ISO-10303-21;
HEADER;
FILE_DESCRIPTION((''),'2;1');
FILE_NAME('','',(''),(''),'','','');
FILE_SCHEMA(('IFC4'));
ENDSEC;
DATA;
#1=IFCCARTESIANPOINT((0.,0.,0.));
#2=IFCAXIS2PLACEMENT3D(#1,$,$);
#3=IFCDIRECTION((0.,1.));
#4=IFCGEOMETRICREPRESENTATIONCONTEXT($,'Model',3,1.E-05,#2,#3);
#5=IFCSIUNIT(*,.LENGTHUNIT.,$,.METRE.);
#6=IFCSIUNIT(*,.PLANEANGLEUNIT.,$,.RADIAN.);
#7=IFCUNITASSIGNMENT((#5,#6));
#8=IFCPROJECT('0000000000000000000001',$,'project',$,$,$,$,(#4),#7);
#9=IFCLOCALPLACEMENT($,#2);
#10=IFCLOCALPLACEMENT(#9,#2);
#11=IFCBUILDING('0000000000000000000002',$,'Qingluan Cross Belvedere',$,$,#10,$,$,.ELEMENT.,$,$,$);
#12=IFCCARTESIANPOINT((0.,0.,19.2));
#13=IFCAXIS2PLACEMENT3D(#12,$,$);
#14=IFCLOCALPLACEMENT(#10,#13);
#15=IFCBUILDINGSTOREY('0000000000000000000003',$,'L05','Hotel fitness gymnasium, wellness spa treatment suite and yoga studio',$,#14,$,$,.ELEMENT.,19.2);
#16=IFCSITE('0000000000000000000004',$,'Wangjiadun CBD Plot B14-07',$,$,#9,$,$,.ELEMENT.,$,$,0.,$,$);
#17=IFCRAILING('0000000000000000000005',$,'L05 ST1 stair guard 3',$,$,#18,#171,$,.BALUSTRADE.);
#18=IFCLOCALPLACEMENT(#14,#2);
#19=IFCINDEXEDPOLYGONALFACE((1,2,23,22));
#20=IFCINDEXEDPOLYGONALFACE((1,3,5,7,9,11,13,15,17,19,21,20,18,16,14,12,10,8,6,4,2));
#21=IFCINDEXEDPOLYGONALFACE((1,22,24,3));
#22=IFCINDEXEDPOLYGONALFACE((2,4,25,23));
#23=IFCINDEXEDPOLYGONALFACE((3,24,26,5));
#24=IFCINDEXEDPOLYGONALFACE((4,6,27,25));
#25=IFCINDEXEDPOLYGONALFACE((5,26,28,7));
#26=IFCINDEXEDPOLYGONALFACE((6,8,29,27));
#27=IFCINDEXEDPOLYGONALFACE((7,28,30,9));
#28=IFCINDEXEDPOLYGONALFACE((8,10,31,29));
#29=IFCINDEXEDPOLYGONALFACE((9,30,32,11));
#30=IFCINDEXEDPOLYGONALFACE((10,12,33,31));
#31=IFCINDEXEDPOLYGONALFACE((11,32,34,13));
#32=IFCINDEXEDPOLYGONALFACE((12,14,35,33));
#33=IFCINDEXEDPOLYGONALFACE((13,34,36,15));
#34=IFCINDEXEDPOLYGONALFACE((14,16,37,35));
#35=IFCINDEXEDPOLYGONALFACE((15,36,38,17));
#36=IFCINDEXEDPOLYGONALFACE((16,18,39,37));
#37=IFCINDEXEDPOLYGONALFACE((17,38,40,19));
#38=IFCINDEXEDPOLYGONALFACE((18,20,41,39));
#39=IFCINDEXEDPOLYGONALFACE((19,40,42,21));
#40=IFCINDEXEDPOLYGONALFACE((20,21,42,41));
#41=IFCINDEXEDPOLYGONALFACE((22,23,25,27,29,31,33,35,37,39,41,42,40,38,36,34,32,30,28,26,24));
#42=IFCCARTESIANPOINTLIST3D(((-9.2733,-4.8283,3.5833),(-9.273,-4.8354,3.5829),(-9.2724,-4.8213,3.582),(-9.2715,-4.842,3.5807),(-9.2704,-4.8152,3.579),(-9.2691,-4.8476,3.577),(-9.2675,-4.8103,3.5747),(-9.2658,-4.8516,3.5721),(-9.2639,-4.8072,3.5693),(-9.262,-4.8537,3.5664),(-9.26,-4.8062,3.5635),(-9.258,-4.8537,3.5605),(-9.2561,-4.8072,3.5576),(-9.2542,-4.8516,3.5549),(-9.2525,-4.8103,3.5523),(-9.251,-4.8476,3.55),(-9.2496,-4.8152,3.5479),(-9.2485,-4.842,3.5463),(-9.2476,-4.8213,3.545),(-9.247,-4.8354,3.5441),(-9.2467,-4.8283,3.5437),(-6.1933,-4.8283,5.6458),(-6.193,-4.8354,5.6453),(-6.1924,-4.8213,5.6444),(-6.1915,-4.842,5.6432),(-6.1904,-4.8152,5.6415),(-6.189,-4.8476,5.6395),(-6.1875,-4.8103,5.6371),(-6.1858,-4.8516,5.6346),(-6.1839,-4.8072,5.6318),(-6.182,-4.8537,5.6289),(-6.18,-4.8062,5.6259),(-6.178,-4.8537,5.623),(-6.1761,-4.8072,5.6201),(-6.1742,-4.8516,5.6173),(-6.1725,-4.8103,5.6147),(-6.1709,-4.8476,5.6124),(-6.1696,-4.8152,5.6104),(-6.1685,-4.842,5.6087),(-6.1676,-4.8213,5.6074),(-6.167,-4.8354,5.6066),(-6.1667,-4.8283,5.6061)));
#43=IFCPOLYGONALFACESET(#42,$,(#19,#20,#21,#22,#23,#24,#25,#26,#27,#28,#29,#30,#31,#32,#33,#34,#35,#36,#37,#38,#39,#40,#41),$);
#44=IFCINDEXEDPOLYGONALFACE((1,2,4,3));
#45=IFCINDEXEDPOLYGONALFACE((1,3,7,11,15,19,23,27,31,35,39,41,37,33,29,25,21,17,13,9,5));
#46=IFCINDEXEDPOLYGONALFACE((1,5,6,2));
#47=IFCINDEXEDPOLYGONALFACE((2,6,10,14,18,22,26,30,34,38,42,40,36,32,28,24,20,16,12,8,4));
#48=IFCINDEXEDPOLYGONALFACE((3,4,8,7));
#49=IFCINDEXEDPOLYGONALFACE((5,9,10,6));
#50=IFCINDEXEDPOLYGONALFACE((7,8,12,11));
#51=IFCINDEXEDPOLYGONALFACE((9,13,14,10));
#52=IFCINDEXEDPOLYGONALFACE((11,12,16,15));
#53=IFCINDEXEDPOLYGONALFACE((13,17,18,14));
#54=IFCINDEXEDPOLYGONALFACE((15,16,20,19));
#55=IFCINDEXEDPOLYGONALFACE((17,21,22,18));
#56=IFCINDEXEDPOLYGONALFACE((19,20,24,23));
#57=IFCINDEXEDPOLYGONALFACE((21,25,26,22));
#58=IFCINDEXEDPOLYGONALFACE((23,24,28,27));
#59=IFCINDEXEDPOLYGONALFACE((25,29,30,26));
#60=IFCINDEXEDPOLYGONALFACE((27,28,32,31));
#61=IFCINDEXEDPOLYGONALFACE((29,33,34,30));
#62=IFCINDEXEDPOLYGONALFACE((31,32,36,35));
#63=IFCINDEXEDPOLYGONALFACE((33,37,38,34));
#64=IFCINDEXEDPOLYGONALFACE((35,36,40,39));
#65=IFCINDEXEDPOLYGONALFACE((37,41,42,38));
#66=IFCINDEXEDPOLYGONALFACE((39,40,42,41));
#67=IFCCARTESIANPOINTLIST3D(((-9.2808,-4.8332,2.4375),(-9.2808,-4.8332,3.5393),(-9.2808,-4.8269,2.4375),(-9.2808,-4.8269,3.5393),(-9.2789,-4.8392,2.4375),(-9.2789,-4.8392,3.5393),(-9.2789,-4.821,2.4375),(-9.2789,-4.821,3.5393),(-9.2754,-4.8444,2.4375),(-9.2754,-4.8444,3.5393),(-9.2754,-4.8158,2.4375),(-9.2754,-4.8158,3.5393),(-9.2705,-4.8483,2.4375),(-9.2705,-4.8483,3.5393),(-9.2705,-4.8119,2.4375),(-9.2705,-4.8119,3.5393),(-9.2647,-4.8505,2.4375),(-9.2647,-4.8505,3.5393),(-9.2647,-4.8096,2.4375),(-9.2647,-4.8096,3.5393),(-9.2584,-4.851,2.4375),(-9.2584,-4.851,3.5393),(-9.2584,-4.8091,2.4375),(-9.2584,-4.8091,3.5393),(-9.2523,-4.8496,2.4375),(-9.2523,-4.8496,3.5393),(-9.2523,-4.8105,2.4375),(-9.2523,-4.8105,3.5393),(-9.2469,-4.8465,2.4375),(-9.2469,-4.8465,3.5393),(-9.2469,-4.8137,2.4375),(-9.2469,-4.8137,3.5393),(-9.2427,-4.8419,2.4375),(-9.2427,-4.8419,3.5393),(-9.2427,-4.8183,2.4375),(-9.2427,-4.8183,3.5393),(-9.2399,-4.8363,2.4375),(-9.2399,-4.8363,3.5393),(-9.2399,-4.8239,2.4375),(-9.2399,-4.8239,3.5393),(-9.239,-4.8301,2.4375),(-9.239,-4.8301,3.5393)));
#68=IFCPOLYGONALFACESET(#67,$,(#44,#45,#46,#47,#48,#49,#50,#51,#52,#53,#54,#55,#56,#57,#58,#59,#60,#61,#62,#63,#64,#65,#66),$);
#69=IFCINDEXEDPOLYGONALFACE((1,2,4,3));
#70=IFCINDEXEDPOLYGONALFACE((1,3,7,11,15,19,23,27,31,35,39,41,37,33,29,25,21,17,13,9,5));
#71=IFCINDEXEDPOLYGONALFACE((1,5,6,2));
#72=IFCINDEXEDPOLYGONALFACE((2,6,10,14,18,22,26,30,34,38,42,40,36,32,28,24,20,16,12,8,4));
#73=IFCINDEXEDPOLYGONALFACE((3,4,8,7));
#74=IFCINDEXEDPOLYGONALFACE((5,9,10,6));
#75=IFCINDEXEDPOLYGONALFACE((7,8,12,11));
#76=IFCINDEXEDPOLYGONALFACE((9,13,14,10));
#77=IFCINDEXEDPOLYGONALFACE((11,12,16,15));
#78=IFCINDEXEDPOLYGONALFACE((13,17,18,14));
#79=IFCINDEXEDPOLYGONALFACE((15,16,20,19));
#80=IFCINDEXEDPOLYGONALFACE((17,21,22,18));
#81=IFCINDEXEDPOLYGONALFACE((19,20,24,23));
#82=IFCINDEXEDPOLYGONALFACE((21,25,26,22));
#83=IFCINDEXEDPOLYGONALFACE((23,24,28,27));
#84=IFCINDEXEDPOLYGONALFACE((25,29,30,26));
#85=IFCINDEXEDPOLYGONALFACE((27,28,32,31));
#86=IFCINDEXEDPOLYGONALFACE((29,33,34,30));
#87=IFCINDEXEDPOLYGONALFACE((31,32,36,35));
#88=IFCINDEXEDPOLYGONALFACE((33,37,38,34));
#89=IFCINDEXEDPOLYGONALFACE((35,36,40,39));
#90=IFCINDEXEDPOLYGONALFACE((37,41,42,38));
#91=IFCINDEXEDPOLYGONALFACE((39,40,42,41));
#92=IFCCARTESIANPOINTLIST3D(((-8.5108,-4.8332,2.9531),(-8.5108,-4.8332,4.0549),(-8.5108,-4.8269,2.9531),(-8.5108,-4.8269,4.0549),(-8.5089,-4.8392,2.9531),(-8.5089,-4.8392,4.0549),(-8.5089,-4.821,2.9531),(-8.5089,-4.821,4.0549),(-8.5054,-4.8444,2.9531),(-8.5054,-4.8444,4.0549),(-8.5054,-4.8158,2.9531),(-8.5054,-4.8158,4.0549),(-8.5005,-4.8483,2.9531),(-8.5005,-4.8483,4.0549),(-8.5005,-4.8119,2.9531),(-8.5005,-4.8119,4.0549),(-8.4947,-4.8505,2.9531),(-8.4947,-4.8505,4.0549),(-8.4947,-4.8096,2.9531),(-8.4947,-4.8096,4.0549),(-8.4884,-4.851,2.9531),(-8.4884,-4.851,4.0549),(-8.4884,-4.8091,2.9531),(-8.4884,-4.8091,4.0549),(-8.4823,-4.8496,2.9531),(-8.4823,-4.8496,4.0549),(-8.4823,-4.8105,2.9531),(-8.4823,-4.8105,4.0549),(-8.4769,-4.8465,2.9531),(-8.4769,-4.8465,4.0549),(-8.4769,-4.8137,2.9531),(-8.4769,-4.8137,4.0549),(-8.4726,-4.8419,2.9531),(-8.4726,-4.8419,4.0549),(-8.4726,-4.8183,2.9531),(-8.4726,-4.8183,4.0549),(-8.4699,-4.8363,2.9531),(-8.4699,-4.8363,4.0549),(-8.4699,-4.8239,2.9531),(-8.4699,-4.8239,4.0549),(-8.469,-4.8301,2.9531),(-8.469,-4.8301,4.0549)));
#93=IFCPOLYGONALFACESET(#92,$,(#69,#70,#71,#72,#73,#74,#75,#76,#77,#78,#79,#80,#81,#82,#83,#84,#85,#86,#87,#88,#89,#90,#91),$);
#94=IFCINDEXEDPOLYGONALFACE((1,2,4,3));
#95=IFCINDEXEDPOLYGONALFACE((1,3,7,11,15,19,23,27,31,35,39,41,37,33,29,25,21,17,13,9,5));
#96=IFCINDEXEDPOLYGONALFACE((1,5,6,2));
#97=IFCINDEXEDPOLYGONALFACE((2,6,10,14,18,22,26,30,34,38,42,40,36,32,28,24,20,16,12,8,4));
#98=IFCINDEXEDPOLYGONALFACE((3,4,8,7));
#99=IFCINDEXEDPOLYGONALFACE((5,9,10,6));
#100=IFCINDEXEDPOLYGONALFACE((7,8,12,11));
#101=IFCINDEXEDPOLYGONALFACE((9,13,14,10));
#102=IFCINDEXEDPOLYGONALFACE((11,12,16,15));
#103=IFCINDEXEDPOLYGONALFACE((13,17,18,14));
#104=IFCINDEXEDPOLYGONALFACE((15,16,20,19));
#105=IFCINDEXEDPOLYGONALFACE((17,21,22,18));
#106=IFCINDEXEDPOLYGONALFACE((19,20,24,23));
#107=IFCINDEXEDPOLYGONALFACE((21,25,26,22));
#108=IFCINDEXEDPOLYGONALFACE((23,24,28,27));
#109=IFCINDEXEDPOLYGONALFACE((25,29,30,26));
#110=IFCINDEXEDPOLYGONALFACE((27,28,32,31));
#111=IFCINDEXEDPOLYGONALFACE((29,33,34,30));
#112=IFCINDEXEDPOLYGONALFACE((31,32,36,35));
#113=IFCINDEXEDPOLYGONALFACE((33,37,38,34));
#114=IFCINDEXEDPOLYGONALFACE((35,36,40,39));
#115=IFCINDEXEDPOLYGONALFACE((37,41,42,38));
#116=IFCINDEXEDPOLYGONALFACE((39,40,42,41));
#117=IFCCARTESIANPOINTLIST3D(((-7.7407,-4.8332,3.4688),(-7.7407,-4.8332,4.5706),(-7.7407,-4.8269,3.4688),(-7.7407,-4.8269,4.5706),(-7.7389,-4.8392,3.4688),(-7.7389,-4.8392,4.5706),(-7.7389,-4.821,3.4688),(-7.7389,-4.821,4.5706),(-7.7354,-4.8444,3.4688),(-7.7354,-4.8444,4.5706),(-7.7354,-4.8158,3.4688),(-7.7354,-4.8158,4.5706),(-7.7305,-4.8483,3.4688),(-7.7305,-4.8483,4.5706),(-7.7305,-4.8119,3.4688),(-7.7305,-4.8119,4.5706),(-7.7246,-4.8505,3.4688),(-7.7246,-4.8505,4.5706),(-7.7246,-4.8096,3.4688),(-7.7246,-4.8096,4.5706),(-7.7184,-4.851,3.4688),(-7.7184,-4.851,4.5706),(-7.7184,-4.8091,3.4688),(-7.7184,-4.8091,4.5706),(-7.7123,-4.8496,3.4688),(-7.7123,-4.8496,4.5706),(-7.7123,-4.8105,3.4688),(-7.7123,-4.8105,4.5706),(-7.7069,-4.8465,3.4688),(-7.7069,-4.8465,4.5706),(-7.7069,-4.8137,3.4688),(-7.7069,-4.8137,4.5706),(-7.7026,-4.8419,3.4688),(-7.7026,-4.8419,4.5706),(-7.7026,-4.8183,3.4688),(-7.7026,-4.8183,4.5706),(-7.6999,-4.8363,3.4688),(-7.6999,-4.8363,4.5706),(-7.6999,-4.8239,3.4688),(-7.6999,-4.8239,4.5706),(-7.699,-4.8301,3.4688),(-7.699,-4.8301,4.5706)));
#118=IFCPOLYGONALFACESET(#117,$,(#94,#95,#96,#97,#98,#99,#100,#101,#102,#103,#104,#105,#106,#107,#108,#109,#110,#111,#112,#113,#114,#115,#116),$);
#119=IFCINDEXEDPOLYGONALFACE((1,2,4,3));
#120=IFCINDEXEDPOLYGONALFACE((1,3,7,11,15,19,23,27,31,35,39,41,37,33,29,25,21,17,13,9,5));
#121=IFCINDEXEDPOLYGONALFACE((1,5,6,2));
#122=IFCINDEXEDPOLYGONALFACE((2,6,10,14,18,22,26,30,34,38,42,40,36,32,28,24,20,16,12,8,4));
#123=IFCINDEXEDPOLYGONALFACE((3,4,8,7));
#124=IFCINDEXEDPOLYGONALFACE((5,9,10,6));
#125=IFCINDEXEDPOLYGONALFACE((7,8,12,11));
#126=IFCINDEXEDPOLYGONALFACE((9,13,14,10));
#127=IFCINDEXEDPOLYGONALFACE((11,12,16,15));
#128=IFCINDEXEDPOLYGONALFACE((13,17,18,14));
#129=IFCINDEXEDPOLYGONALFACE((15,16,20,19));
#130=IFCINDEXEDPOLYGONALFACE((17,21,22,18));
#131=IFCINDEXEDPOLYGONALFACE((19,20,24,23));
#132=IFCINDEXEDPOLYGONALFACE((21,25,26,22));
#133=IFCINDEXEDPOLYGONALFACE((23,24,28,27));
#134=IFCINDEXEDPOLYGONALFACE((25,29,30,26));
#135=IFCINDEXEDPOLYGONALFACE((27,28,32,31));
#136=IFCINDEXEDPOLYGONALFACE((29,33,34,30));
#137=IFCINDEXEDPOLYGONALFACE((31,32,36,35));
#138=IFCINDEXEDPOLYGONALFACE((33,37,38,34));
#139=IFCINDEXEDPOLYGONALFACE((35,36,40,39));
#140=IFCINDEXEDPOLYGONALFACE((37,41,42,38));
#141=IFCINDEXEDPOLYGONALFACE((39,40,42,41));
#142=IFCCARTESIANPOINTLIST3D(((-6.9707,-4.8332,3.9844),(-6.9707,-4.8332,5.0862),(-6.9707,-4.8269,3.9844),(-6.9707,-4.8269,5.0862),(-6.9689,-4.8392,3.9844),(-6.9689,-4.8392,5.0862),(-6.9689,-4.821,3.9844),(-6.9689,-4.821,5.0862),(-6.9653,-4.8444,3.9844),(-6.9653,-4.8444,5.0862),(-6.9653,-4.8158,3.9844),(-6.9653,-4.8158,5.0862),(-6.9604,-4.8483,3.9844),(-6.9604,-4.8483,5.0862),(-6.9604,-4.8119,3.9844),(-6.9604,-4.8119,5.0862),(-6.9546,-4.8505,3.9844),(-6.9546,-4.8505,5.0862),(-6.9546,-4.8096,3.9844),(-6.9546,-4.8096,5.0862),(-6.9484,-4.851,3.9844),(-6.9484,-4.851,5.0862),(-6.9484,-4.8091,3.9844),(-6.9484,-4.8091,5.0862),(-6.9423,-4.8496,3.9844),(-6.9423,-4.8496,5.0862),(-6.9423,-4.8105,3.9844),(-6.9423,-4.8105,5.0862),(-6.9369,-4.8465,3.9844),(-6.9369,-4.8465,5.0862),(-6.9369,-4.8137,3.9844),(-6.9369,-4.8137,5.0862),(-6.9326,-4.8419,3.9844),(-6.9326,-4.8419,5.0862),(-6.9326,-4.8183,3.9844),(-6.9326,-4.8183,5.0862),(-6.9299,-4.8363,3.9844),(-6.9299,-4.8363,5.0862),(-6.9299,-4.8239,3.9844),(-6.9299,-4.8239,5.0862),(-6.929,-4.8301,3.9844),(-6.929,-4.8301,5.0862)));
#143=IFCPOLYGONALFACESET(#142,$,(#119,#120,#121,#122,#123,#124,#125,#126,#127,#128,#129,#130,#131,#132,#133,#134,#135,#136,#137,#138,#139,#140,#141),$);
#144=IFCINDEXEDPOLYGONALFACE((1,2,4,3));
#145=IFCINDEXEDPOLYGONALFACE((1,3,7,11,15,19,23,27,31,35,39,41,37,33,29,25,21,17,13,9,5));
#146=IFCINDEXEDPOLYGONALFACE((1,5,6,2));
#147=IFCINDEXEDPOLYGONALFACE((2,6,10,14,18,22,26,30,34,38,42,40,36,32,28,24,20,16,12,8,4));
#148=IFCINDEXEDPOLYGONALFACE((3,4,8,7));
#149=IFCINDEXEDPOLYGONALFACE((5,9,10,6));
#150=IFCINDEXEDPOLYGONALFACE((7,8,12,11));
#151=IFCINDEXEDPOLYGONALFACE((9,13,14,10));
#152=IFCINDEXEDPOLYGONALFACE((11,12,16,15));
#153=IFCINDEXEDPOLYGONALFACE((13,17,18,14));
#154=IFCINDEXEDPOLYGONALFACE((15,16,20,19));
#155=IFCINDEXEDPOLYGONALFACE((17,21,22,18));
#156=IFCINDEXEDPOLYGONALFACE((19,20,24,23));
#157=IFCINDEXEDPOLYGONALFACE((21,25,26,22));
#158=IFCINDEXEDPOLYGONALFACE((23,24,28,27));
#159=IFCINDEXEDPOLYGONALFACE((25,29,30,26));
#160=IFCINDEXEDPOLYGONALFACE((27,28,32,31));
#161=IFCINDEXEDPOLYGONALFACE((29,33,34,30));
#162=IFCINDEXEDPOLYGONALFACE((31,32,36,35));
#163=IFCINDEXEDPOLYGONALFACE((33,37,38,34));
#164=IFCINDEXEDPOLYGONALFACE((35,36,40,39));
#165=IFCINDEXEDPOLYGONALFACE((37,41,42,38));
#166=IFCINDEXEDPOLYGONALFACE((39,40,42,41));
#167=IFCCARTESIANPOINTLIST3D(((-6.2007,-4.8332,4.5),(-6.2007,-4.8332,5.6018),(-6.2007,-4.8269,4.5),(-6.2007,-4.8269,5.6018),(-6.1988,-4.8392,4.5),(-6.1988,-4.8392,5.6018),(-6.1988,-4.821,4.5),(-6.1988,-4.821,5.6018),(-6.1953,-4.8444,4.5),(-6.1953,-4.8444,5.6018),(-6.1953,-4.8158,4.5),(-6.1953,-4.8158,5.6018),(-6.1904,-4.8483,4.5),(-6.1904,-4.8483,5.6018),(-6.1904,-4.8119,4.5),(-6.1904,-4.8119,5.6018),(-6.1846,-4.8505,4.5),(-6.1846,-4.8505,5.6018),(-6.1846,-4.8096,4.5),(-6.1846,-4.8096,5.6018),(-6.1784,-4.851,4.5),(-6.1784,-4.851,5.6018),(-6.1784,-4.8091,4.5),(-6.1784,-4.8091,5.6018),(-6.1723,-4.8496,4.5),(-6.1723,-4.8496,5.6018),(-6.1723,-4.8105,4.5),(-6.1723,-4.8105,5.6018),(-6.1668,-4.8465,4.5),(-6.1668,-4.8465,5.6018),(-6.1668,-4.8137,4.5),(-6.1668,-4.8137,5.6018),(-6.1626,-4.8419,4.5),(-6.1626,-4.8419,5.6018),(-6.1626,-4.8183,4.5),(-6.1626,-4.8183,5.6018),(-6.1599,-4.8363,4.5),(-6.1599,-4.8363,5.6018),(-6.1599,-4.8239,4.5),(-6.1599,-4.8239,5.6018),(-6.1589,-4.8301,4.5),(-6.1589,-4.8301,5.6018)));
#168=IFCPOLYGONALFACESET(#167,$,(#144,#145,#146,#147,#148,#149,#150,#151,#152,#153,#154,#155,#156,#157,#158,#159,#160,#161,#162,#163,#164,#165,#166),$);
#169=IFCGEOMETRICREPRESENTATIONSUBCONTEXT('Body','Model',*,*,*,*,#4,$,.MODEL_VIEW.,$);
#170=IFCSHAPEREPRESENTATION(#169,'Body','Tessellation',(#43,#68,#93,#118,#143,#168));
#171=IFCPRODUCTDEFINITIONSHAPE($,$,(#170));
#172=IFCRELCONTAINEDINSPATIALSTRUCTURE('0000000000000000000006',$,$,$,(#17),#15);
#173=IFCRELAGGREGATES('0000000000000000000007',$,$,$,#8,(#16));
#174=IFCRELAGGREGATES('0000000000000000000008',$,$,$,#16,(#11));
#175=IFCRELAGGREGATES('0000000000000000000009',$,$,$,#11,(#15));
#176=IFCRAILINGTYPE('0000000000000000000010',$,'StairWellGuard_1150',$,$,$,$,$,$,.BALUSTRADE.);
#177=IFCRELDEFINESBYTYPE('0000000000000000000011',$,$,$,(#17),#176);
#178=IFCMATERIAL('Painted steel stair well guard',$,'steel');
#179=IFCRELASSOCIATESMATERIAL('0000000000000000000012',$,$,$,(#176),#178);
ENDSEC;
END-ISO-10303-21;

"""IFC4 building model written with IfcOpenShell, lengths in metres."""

from ifc_helpers import new_model, si_unit, direction, frame, origin, origin_2d, place, context, subcontext, project, spatial, circle, extrude, material, type_object, element, save


model = new_model("IFC4")

# Units and contexts
model_context = context("Model", 3, precision=1e-05, world=origin(), true_north=direction((0.0, 1.0)))
body_context = subcontext(model_context, "Body", "Model", "MODEL_VIEW")
ifc_project = project(units=[si_unit("LENGTHUNIT", "METRE"), si_unit("PLANEANGLEUNIT", "RADIAN")], contexts=[model_context])

# Site, building, storey
site_placement = place(None, origin())
site = spatial("IfcSite", under=ifc_project, at=site_placement, Name="Wangjiadun CBD Plot B14-07", CompositionType="ELEMENT", RefElevation=0.0)
building_placement = place(site_placement, origin())
building = spatial("IfcBuilding", under=site, at=building_placement, Name="Qingluan Cross Belvedere", CompositionType="ELEMENT")
storey_placement = place(building_placement, frame((0.0, 0.0, 19.2)))
storey = spatial("IfcBuildingStorey", under=building, at=storey_placement, Name="L05", Description="Hotel fitness gymnasium, wellness spa treatment suite and yoga studio", CompositionType="ELEMENT", Elevation=19.2)

# Railing
ifc_material_1 = material(Name="Painted steel stair well guard", Category="steel")
railing_type_1 = type_object("IfcRailingType", Name="StairWellGuard_1150", PredefinedType="BALUSTRADE", material=ifc_material_1)
railing_1_placement = place(storey_placement, frame((-9.26, -4.8301, 2.4375)))
element("IfcRailing", 1, at=railing_1_placement, inside=storey, type_object=railing_type_1, Name="L05 ST1 stair guard 3", PredefinedType="BALUSTRADE", context=body_context, shape_type="SweptSolid", body=[
    extrude(circle(Radius=0.0239, at=origin_2d()), frame((0.0, 0.0, 1.126), z_axis=(0.830914, 0.0, 0.556401), x_axis=(0.0, 1.0, 0.0)), (0.0, 0.0, 1.0), 3.7068),
    extrude(circle(Radius=0.021, at=origin_2d()), origin(), (0.0, 0.0, 1.0), 1.1018),
    extrude(circle(Radius=0.021, at=origin_2d()), frame((0.77, 0.0, 0.5156)), (0.0, 0.0, 1.0), 1.1018),
    extrude(circle(Radius=0.021, at=origin_2d()), frame((1.54, 0.0, 1.0312)), (0.0, 0.0, 1.0), 1.1018),
    extrude(circle(Radius=0.021, at=origin_2d()), frame((2.3101, 0.0, 1.5469)), (0.0, 0.0, 1.0), 1.1018),
    extrude(circle(Radius=0.021, at=origin_2d()), frame((3.0801, 0.0, 2.0625)), (0.0, 0.0, 1.0), 1.1018),
])

save(model, "model.ifc")
